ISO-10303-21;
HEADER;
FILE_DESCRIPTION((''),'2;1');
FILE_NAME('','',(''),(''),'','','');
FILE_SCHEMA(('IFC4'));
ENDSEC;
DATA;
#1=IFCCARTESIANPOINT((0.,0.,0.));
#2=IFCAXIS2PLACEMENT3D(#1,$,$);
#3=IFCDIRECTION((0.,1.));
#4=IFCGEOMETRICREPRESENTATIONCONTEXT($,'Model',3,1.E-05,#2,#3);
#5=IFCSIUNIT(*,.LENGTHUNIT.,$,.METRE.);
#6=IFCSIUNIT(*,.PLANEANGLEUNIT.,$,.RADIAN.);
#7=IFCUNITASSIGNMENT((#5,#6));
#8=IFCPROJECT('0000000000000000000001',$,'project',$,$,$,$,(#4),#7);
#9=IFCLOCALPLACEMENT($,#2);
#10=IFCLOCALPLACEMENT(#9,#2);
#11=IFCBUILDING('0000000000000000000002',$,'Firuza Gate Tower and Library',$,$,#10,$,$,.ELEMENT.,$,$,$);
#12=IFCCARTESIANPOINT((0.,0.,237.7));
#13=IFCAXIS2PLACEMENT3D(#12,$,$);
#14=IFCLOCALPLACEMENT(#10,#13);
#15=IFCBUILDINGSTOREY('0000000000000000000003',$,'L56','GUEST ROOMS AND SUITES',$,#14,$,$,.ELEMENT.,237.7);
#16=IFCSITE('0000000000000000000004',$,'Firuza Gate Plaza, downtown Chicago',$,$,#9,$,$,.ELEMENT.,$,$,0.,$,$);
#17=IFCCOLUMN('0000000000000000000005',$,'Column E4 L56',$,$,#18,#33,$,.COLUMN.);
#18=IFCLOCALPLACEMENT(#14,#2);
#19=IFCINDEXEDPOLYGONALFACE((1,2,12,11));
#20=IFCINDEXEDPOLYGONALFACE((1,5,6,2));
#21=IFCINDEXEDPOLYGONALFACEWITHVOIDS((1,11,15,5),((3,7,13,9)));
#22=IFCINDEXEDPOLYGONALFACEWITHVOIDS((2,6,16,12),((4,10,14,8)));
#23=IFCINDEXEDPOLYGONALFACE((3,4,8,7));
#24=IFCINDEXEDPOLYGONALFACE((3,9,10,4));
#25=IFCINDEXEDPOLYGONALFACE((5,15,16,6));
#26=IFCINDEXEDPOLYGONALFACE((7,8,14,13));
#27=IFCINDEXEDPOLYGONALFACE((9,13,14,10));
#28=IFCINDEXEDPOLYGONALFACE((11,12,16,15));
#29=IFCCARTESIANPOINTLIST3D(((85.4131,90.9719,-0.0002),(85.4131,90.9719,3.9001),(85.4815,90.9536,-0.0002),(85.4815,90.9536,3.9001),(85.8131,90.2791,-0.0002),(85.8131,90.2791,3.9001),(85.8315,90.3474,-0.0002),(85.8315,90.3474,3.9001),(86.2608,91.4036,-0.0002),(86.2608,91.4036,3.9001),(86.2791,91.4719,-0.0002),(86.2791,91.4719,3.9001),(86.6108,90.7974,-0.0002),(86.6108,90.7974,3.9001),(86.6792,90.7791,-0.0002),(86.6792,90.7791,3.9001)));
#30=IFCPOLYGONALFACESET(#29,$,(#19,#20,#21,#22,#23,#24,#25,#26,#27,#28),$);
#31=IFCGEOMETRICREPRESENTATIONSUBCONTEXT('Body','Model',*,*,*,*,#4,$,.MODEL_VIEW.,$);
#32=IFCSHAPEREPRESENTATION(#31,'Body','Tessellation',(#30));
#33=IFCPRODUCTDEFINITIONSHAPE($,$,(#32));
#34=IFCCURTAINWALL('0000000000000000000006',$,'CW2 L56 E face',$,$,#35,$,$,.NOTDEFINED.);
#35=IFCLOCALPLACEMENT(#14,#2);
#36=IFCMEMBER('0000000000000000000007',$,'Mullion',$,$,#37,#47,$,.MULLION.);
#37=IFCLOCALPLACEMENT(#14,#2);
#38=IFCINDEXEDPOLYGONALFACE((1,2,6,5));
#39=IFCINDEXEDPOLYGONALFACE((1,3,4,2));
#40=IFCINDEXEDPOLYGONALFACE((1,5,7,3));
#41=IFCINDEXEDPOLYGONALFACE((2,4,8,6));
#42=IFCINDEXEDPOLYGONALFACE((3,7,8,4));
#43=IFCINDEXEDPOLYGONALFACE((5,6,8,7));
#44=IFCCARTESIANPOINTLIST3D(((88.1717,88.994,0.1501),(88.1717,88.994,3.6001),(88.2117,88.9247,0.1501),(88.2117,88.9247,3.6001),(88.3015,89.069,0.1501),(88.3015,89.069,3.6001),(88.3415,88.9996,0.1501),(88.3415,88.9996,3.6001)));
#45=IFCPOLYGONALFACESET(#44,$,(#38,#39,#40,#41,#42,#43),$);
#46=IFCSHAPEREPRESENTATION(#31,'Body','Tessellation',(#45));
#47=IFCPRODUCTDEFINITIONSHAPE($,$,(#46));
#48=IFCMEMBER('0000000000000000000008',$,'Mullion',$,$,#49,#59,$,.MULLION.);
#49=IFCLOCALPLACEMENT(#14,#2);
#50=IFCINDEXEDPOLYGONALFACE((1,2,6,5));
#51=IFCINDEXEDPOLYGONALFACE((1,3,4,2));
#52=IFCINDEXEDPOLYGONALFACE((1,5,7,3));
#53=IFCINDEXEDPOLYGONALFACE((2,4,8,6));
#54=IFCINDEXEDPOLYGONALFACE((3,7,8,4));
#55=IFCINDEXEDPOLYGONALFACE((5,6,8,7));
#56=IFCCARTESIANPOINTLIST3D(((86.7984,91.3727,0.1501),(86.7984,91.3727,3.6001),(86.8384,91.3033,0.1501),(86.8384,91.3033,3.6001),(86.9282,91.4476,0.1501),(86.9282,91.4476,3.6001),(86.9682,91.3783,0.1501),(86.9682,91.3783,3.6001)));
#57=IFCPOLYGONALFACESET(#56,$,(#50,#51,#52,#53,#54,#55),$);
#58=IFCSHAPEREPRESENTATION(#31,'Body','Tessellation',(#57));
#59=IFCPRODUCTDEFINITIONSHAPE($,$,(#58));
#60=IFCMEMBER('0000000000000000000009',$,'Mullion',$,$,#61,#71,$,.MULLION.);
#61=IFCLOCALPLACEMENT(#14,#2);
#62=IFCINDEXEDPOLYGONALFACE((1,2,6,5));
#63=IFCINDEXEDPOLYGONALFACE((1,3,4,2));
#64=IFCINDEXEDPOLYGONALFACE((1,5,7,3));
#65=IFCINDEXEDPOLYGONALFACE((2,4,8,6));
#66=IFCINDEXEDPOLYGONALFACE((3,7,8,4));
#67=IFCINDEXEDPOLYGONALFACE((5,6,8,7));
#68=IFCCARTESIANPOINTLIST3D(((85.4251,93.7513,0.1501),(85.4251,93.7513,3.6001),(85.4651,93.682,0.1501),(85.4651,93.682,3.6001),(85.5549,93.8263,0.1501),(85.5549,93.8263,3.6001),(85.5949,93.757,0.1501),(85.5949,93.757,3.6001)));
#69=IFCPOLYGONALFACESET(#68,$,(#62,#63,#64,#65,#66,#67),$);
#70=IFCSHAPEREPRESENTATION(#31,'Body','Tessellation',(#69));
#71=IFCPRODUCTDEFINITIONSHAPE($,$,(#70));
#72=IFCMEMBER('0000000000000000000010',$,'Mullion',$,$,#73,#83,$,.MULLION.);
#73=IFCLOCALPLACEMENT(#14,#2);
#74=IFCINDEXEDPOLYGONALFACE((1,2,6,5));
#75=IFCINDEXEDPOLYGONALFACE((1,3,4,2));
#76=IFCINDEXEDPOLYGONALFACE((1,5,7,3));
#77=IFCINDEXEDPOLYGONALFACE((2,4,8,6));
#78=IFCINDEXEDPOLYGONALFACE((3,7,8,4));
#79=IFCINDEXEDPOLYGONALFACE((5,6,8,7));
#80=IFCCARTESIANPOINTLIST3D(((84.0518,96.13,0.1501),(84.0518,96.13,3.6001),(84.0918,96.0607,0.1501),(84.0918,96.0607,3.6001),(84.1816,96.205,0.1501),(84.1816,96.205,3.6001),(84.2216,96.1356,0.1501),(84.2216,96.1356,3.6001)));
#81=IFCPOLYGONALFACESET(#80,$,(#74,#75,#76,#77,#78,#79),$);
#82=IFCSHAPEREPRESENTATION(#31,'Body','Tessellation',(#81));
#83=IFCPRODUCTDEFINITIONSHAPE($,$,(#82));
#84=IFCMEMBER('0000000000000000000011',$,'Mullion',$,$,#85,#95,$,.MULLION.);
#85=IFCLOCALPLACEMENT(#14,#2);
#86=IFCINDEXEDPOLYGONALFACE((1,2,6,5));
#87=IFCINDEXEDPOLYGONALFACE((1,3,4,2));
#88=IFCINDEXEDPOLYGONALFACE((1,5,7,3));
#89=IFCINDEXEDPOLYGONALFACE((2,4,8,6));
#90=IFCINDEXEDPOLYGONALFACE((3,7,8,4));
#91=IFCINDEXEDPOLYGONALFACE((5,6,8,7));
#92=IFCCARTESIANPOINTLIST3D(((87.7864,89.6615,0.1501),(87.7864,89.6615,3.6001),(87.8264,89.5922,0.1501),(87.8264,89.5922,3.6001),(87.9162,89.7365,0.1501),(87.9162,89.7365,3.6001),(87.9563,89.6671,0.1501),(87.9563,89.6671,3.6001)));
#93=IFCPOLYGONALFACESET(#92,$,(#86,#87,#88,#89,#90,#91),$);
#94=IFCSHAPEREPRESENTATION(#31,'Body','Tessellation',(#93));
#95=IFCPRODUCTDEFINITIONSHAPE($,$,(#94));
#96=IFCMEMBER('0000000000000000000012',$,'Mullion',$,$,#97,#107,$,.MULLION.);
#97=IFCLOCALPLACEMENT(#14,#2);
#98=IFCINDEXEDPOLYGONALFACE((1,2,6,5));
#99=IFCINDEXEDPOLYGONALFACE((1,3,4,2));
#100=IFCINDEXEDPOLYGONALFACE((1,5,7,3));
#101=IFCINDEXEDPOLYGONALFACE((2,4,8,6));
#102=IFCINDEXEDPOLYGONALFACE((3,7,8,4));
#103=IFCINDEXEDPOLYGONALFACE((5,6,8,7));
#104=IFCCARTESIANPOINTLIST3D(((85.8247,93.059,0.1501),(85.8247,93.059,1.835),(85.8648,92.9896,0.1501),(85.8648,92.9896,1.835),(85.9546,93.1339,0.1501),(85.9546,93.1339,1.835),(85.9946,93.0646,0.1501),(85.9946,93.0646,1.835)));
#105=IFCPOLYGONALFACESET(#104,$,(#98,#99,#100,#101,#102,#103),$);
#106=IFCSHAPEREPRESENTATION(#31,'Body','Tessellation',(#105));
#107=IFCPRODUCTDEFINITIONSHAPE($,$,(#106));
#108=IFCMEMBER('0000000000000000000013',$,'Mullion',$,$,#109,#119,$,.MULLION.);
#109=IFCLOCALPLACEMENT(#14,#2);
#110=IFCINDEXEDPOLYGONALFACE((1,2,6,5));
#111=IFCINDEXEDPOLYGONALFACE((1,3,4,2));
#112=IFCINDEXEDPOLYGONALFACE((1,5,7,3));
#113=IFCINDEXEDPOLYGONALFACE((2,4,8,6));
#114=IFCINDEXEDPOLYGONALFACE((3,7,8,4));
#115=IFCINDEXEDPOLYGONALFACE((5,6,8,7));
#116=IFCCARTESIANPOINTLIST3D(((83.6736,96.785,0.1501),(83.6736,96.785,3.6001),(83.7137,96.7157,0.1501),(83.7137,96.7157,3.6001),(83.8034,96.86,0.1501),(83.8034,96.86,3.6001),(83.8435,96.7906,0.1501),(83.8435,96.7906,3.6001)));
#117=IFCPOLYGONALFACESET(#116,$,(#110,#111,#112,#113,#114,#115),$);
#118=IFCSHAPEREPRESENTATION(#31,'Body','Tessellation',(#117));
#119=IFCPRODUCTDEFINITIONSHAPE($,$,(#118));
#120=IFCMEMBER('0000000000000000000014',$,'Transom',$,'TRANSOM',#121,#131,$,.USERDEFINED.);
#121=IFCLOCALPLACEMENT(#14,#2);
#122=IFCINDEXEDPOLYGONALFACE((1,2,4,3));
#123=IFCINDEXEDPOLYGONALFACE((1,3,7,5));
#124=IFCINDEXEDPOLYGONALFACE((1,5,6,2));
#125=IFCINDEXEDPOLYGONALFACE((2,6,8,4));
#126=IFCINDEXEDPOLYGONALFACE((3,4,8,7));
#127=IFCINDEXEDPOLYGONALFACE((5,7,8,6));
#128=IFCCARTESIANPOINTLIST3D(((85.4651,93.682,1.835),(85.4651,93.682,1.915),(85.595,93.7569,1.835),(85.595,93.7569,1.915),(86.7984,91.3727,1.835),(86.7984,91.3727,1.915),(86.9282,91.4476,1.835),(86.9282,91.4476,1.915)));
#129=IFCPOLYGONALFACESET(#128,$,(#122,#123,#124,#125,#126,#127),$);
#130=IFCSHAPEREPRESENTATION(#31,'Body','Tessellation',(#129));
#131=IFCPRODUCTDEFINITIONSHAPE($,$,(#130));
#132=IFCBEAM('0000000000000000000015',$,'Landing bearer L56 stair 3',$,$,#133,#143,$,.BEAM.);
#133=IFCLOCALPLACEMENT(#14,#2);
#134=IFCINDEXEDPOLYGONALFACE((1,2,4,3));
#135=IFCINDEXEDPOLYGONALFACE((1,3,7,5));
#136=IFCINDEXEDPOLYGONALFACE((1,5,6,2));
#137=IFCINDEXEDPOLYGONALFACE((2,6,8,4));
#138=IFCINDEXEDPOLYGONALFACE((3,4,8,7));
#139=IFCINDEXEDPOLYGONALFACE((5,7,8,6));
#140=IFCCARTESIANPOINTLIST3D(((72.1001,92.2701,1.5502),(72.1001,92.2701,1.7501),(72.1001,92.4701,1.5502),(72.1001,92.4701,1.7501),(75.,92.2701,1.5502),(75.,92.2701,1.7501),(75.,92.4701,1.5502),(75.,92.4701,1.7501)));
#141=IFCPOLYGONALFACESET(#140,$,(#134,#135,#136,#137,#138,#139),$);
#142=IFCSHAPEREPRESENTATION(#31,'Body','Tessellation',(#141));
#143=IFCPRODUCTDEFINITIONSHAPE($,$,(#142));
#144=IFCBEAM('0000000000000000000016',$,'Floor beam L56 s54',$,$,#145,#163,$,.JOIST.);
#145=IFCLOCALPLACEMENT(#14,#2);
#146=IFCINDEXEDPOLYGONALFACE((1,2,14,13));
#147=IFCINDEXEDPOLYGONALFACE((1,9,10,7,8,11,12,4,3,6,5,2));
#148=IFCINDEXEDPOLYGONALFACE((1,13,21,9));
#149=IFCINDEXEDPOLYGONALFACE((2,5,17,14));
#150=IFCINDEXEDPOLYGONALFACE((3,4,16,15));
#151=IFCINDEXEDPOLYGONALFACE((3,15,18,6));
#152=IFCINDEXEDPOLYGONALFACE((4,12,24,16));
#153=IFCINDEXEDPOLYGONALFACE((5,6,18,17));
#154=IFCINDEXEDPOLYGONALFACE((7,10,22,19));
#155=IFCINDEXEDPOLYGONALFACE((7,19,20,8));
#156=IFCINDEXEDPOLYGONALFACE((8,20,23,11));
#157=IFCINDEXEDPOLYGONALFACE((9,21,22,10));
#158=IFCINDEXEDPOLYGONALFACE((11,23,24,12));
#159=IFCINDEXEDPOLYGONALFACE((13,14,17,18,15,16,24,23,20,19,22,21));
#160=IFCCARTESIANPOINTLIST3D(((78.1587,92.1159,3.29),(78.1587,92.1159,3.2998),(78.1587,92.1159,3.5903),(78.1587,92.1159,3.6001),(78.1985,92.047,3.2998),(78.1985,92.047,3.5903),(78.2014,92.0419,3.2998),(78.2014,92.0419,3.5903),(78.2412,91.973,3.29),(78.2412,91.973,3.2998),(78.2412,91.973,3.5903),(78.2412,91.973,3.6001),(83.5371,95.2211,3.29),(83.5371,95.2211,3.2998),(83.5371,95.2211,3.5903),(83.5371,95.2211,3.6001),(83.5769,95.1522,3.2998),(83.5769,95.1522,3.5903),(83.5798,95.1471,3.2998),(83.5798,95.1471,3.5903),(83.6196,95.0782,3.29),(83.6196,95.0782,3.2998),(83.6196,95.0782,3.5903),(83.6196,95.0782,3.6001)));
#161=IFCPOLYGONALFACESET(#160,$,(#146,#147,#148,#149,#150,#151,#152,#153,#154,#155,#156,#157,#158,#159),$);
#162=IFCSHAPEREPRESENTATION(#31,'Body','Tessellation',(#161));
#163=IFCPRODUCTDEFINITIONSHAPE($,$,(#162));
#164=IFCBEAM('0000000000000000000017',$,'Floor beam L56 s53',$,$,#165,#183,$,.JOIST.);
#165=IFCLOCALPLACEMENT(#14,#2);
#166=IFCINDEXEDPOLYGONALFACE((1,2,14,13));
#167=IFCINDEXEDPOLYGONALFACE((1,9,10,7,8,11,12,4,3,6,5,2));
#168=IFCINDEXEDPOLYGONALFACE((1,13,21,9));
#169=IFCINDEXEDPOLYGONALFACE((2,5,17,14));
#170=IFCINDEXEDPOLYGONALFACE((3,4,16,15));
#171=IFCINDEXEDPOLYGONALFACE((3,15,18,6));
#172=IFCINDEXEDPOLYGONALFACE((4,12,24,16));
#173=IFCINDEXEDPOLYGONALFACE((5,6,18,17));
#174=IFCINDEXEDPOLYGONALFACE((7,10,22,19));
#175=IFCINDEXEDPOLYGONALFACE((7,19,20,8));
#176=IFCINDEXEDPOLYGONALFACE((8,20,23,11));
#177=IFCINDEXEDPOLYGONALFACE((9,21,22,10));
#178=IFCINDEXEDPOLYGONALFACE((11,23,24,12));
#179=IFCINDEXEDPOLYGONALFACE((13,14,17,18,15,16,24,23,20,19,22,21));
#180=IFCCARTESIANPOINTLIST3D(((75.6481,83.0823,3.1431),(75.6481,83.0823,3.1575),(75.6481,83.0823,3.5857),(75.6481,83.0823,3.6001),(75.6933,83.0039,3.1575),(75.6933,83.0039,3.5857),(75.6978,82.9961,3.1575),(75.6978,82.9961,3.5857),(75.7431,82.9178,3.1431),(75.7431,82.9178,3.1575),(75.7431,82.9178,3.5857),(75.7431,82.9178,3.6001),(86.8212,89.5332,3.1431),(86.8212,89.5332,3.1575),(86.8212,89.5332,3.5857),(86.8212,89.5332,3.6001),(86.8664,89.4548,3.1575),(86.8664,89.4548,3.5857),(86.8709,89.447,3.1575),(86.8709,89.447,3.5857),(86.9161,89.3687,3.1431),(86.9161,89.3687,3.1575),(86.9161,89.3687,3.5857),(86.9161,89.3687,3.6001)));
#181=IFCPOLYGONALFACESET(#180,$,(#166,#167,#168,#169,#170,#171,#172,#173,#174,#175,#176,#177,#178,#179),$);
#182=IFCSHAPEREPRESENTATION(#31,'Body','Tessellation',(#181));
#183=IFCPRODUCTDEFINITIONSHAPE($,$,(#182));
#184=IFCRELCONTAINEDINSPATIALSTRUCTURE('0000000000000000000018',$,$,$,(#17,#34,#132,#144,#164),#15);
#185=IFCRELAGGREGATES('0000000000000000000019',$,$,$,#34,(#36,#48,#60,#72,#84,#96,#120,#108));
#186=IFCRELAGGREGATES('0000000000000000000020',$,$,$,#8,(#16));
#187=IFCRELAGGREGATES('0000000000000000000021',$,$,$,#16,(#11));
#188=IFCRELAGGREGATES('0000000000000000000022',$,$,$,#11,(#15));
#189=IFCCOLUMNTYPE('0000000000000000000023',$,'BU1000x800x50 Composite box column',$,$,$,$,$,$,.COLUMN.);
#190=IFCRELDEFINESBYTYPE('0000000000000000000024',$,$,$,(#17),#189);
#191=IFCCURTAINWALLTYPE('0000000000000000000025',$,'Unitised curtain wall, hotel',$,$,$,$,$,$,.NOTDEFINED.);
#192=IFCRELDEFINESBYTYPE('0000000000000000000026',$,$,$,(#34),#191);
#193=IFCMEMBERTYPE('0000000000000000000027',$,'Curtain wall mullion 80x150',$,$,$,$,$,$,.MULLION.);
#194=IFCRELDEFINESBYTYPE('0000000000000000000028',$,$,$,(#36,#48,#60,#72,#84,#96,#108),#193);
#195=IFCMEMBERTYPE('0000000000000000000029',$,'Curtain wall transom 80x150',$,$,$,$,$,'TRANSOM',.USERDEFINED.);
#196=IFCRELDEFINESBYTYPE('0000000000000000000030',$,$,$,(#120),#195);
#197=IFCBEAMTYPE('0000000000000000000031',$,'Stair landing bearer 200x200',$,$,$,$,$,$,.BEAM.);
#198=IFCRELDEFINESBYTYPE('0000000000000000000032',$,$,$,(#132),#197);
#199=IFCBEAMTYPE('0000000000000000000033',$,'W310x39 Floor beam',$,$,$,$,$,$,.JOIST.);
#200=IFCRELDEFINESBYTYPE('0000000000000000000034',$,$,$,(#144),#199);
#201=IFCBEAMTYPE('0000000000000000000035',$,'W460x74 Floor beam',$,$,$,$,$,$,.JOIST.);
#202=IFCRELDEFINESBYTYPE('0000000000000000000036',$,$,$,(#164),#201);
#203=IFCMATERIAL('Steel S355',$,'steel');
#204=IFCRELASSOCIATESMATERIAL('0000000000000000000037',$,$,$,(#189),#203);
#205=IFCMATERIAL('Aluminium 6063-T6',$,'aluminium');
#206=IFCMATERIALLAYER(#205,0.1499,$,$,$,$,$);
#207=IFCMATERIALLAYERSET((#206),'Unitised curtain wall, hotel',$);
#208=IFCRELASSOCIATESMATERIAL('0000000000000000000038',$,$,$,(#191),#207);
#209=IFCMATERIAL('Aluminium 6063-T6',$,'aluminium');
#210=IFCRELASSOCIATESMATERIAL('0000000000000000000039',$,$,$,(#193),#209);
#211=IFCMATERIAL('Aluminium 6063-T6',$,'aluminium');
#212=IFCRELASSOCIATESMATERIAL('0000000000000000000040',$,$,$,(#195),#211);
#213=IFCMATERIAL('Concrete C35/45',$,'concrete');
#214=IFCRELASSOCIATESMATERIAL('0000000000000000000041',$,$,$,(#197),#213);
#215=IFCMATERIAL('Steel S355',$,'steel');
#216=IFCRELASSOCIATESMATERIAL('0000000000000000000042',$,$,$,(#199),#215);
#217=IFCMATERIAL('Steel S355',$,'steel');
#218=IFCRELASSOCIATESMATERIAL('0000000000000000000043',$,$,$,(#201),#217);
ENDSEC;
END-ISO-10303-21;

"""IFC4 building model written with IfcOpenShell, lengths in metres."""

from ifc_helpers import new_model, si_unit, direction, frame, origin, origin_2d, place, context, subcontext, project, spatial, rectangle, hollow_rectangle, i_section, extrude, material, layer, layer_set, material_profile, profile_set, type_object, element, aggregate, save


model = new_model("IFC4")

# Units and contexts
model_context = context("Model", 3, precision=1e-05, world=origin(), true_north=direction((0.0, 1.0)))
body_context = subcontext(model_context, "Body", "Model", "MODEL_VIEW")
ifc_project = project(units=[si_unit("LENGTHUNIT", "METRE"), si_unit("PLANEANGLEUNIT", "RADIAN")], contexts=[model_context])

# Site, building, storey
site_placement = place(None, origin())
site = spatial("IfcSite", under=ifc_project, at=site_placement, Name="Firuza Gate Plaza, downtown Chicago", CompositionType="ELEMENT", RefElevation=0.0)
building_placement = place(site_placement, origin())
building = spatial("IfcBuilding", under=site, at=building_placement, Name="Firuza Gate Tower and Library", CompositionType="ELEMENT")
storey_placement = place(building_placement, frame((0.0, 0.0, 237.7)))
storey = spatial("IfcBuildingStorey", under=building, at=storey_placement, Name="L56", Description="GUEST ROOMS AND SUITES", CompositionType="ELEMENT", Elevation=237.7)

# Column
ifc_material_1 = material(Name="Steel S355", Category="steel")
ifc_material_profile_1 = material_profile(ifc_material_1, hollow_rectangle(XDim=0.8, YDim=1.0, WallThickness=0.05, at=origin_2d()))
ifc_profile_set_1 = profile_set([ifc_material_profile_1], Name="Steel S355")
column_type = type_object("IfcColumnType", Name="BU1000x800x50 Composite box column", PredefinedType="COLUMN", material=ifc_profile_set_1)
column_placement = place(storey_placement, frame((86.0461, 90.8755, -0.0002), z_axis=(0.0, 0.0, 1.0), x_axis=(-0.5, 0.866025, 0.0)))
element("IfcColumn", 1, at=column_placement, inside=storey, type_object=column_type, Name="Column E4 L56", PredefinedType="COLUMN", context=body_context, shape_type="SweptSolid", body=[
    extrude(hollow_rectangle(XDim=0.8, YDim=1.0, WallThickness=0.05, at=origin_2d()), origin(), (0.0, 0.0, 1.0), 3.9004),
])

# Curtain wall, members
ifc_material_2 = material(Name="Aluminium 6063-T6", Category="aluminium")
ifc_layer_1 = layer(ifc_material_2, 0.1499)
ifc_layer_set_1 = layer_set([ifc_layer_1], Name="Unitised curtain wall, hotel")
curtain_wall_type = type_object("IfcCurtainWallType", Name="Unitised curtain wall, hotel", PredefinedType="NOTDEFINED", material=ifc_layer_set_1)
placement = place(storey_placement, origin())
curtain_wall = element("IfcCurtainWall", 2, at=placement, inside=storey, type_object=curtain_wall_type, Name="CW2 L56 E face", PredefinedType="NOTDEFINED")
ifc_material_3 = material(Name="Aluminium 6063-T6", Category="aluminium")
ifc_material_profile_2 = material_profile(ifc_material_3, rectangle(XDim=0.1499, YDim=0.0801, at=origin_2d()))
ifc_profile_set_2 = profile_set([ifc_material_profile_2], Name="Aluminium 6063-T6")
member_type_1 = type_object("IfcMemberType", Name="Curtain wall mullion 80x150", PredefinedType="MULLION", material=ifc_profile_set_2)
member_1_placement = place(storey_placement, frame((88.2566, 88.9968, 0.1501), z_axis=(0.0, 0.0, 1.0), x_axis=(-0.866025, -0.5, 0.0)))
member_1 = element("IfcMember", 3, at=member_1_placement, type_object=member_type_1, Name="Mullion", PredefinedType="MULLION", context=body_context, shape_type="SweptSolid", body=[
    extrude(rectangle(XDim=0.1499, YDim=0.0801, at=origin_2d()), origin(), (0.0, 0.0, 1.0), 3.45),
])
member_2_placement = place(storey_placement, frame((86.8833, 91.3755, 0.1501), z_axis=(0.0, 0.0, 1.0), x_axis=(-0.866025, -0.5, 0.0)))
member_2 = element("IfcMember", 4, at=member_2_placement, type_object=member_type_1, Name="Mullion", PredefinedType="MULLION", context=body_context, shape_type="SweptSolid", body=[
    extrude(rectangle(XDim=0.1499, YDim=0.0801, at=origin_2d()), origin(), (0.0, 0.0, 1.0), 3.45),
])
member_3_placement = place(storey_placement, frame((85.51, 93.7542, 0.1501), z_axis=(0.0, 0.0, 1.0), x_axis=(-0.866025, -0.5, 0.0)))
member_3 = element("IfcMember", 5, at=member_3_placement, type_object=member_type_1, Name="Mullion", PredefinedType="MULLION", context=body_context, shape_type="SweptSolid", body=[
    extrude(rectangle(XDim=0.1499, YDim=0.0801, at=origin_2d()), origin(), (0.0, 0.0, 1.0), 3.45),
])
member_4_placement = place(storey_placement, frame((84.1367, 96.1328, 0.1501), z_axis=(0.0, 0.0, 1.0), x_axis=(-0.866025, -0.5, 0.0)))
member_4 = element("IfcMember", 6, at=member_4_placement, type_object=member_type_1, Name="Mullion", PredefinedType="MULLION", context=body_context, shape_type="SweptSolid", body=[
    extrude(rectangle(XDim=0.1499, YDim=0.0801, at=origin_2d()), origin(), (0.0, 0.0, 1.0), 3.45),
])
member_5_placement = place(storey_placement, frame((87.8713, 89.6643, 0.1501), z_axis=(0.0, 0.0, 1.0), x_axis=(-0.866025, -0.5, 0.0)))
member_5 = element("IfcMember", 7, at=member_5_placement, type_object=member_type_1, Name="Mullion", PredefinedType="MULLION", context=body_context, shape_type="SweptSolid", body=[
    extrude(rectangle(XDim=0.1499, YDim=0.0801, at=origin_2d()), origin(), (0.0, 0.0, 1.0), 3.45),
])
member_6_placement = place(storey_placement, frame((85.9097, 93.0618, 0.1501), z_axis=(0.0, 0.0, 1.0), x_axis=(-0.866025, -0.5, 0.0)))
member_6 = element("IfcMember", 8, at=member_6_placement, type_object=member_type_1, Name="Mullion", PredefinedType="MULLION", context=body_context, shape_type="SweptSolid", body=[
    extrude(rectangle(XDim=0.1499, YDim=0.0801, at=origin_2d()), origin(), (0.0, 0.0, 1.0), 1.6848),
])
member_7_placement = place(storey_placement, frame((83.7585, 96.7878, 0.1501), z_axis=(0.0, 0.0, 1.0), x_axis=(-0.866025, -0.5, 0.0)))
member_7 = element("IfcMember", 9, at=member_7_placement, type_object=member_type_1, Name="Mullion", PredefinedType="MULLION", context=body_context, shape_type="SweptSolid", body=[
    extrude(rectangle(XDim=0.1499, YDim=0.0801, at=origin_2d()), origin(), (0.0, 0.0, 1.0), 3.45),
])
ifc_material_4 = material(Name="Aluminium 6063-T6", Category="aluminium")
ifc_material_profile_3 = material_profile(ifc_material_4, rectangle(XDim=0.1499, YDim=0.0801, at=origin_2d()))
ifc_profile_set_3 = profile_set([ifc_material_profile_3], Name="Aluminium 6063-T6")
member_type_2 = type_object("IfcMemberType", Name="Curtain wall transom 80x150", ElementType="TRANSOM", PredefinedType="USERDEFINED", material=ifc_profile_set_3)
member_8_placement = place(storey_placement, frame((86.8633, 91.4102, 1.875), z_axis=(-0.499989, 0.866032, 0.0), x_axis=(-0.866032, -0.499989, 0.0)))
member_8 = element("IfcMember", 10, at=member_8_placement, type_object=member_type_2, Name="Transom", ObjectType="TRANSOM", PredefinedType="USERDEFINED", context=body_context, shape_type="SweptSolid", body=[
    extrude(rectangle(XDim=0.1499, YDim=0.0801, at=origin_2d()), origin(), (0.0, 0.0, 1.0), 2.6665),
])

# Beams
ifc_material_5 = material(Name="Concrete C35/45", Category="concrete")
ifc_material_profile_4 = material_profile(ifc_material_5, rectangle(XDim=0.2, YDim=0.2, at=origin_2d()))
ifc_profile_set_4 = profile_set([ifc_material_profile_4], Name="Concrete C35/45")
beam_type_1 = type_object("IfcBeamType", Name="Stair landing bearer 200x200", PredefinedType="BEAM", material=ifc_profile_set_4)
beam_1_placement = place(storey_placement, frame((75.0, 92.3701, 1.6501), z_axis=(-1.0, 0.0, 0.0), x_axis=(0.0, -1.0, 0.0)))
element("IfcBeam", 11, at=beam_1_placement, inside=storey, type_object=beam_type_1, Name="Landing bearer L56 stair 3", PredefinedType="BEAM", context=body_context, shape_type="SweptSolid", body=[
    extrude(rectangle(XDim=0.2, YDim=0.2, at=origin_2d()), origin(), (0.0, 0.0, 1.0), 2.8999),
])
ifc_material_6 = material(Name="Steel S355", Category="steel")
ifc_material_profile_5 = material_profile(ifc_material_6, i_section(OverallWidth=0.165, OverallDepth=0.3101, WebThickness=0.0059, FlangeThickness=0.0098, at=origin_2d()))
ifc_profile_set_5 = profile_set([ifc_material_profile_5], Name="Steel S355")
beam_type_2 = type_object("IfcBeamType", Name="W310x39 Floor beam", PredefinedType="JOIST", material=ifc_profile_set_5)
beam_2_placement = place(storey_placement, frame((83.5784, 95.1497, 3.4451), z_axis=(-0.866026, -0.499999, 0.0), x_axis=(0.499999, -0.866026, 0.0)))
element("IfcBeam", 12, at=beam_2_placement, inside=storey, type_object=beam_type_2, Name="Floor beam L56 s54", PredefinedType="JOIST", context=body_context, shape_type="SweptSolid", body=[
    extrude(i_section(OverallWidth=0.165, OverallDepth=0.3101, WebThickness=0.0059, FlangeThickness=0.0098, at=origin_2d()), origin(), (0.0, 0.0, 1.0), 6.2104),
])
ifc_material_7 = material(Name="Steel S355", Category="steel")
ifc_material_profile_6 = material_profile(ifc_material_7, i_section(OverallWidth=0.1899, OverallDepth=0.457, WebThickness=0.009, FlangeThickness=0.0144, at=origin_2d()))
ifc_profile_set_6 = profile_set([ifc_material_profile_6], Name="Steel S355")
beam_type_3 = type_object("IfcBeamType", Name="W460x74 Floor beam", PredefinedType="JOIST", material=ifc_profile_set_6)
beam_3_placement = place(storey_placement, frame((86.8687, 89.4509, 3.3716), z_axis=(-0.866021, -0.500008, 0.0), x_axis=(0.500008, -0.866021, 0.0)))
element("IfcBeam", 13, at=beam_3_placement, inside=storey, type_object=beam_type_3, Name="Floor beam L56 s53", PredefinedType="JOIST", context=body_context, shape_type="SweptSolid", body=[
    extrude(i_section(OverallWidth=0.1899, OverallDepth=0.457, WebThickness=0.009, FlangeThickness=0.0144, at=origin_2d()), origin(), (0.0, 0.0, 1.0), 12.9016),
])

aggregate(curtain_wall, [member_1, member_2, member_3, member_4, member_5, member_6, member_8, member_7])

save(model, "model.ifc")
